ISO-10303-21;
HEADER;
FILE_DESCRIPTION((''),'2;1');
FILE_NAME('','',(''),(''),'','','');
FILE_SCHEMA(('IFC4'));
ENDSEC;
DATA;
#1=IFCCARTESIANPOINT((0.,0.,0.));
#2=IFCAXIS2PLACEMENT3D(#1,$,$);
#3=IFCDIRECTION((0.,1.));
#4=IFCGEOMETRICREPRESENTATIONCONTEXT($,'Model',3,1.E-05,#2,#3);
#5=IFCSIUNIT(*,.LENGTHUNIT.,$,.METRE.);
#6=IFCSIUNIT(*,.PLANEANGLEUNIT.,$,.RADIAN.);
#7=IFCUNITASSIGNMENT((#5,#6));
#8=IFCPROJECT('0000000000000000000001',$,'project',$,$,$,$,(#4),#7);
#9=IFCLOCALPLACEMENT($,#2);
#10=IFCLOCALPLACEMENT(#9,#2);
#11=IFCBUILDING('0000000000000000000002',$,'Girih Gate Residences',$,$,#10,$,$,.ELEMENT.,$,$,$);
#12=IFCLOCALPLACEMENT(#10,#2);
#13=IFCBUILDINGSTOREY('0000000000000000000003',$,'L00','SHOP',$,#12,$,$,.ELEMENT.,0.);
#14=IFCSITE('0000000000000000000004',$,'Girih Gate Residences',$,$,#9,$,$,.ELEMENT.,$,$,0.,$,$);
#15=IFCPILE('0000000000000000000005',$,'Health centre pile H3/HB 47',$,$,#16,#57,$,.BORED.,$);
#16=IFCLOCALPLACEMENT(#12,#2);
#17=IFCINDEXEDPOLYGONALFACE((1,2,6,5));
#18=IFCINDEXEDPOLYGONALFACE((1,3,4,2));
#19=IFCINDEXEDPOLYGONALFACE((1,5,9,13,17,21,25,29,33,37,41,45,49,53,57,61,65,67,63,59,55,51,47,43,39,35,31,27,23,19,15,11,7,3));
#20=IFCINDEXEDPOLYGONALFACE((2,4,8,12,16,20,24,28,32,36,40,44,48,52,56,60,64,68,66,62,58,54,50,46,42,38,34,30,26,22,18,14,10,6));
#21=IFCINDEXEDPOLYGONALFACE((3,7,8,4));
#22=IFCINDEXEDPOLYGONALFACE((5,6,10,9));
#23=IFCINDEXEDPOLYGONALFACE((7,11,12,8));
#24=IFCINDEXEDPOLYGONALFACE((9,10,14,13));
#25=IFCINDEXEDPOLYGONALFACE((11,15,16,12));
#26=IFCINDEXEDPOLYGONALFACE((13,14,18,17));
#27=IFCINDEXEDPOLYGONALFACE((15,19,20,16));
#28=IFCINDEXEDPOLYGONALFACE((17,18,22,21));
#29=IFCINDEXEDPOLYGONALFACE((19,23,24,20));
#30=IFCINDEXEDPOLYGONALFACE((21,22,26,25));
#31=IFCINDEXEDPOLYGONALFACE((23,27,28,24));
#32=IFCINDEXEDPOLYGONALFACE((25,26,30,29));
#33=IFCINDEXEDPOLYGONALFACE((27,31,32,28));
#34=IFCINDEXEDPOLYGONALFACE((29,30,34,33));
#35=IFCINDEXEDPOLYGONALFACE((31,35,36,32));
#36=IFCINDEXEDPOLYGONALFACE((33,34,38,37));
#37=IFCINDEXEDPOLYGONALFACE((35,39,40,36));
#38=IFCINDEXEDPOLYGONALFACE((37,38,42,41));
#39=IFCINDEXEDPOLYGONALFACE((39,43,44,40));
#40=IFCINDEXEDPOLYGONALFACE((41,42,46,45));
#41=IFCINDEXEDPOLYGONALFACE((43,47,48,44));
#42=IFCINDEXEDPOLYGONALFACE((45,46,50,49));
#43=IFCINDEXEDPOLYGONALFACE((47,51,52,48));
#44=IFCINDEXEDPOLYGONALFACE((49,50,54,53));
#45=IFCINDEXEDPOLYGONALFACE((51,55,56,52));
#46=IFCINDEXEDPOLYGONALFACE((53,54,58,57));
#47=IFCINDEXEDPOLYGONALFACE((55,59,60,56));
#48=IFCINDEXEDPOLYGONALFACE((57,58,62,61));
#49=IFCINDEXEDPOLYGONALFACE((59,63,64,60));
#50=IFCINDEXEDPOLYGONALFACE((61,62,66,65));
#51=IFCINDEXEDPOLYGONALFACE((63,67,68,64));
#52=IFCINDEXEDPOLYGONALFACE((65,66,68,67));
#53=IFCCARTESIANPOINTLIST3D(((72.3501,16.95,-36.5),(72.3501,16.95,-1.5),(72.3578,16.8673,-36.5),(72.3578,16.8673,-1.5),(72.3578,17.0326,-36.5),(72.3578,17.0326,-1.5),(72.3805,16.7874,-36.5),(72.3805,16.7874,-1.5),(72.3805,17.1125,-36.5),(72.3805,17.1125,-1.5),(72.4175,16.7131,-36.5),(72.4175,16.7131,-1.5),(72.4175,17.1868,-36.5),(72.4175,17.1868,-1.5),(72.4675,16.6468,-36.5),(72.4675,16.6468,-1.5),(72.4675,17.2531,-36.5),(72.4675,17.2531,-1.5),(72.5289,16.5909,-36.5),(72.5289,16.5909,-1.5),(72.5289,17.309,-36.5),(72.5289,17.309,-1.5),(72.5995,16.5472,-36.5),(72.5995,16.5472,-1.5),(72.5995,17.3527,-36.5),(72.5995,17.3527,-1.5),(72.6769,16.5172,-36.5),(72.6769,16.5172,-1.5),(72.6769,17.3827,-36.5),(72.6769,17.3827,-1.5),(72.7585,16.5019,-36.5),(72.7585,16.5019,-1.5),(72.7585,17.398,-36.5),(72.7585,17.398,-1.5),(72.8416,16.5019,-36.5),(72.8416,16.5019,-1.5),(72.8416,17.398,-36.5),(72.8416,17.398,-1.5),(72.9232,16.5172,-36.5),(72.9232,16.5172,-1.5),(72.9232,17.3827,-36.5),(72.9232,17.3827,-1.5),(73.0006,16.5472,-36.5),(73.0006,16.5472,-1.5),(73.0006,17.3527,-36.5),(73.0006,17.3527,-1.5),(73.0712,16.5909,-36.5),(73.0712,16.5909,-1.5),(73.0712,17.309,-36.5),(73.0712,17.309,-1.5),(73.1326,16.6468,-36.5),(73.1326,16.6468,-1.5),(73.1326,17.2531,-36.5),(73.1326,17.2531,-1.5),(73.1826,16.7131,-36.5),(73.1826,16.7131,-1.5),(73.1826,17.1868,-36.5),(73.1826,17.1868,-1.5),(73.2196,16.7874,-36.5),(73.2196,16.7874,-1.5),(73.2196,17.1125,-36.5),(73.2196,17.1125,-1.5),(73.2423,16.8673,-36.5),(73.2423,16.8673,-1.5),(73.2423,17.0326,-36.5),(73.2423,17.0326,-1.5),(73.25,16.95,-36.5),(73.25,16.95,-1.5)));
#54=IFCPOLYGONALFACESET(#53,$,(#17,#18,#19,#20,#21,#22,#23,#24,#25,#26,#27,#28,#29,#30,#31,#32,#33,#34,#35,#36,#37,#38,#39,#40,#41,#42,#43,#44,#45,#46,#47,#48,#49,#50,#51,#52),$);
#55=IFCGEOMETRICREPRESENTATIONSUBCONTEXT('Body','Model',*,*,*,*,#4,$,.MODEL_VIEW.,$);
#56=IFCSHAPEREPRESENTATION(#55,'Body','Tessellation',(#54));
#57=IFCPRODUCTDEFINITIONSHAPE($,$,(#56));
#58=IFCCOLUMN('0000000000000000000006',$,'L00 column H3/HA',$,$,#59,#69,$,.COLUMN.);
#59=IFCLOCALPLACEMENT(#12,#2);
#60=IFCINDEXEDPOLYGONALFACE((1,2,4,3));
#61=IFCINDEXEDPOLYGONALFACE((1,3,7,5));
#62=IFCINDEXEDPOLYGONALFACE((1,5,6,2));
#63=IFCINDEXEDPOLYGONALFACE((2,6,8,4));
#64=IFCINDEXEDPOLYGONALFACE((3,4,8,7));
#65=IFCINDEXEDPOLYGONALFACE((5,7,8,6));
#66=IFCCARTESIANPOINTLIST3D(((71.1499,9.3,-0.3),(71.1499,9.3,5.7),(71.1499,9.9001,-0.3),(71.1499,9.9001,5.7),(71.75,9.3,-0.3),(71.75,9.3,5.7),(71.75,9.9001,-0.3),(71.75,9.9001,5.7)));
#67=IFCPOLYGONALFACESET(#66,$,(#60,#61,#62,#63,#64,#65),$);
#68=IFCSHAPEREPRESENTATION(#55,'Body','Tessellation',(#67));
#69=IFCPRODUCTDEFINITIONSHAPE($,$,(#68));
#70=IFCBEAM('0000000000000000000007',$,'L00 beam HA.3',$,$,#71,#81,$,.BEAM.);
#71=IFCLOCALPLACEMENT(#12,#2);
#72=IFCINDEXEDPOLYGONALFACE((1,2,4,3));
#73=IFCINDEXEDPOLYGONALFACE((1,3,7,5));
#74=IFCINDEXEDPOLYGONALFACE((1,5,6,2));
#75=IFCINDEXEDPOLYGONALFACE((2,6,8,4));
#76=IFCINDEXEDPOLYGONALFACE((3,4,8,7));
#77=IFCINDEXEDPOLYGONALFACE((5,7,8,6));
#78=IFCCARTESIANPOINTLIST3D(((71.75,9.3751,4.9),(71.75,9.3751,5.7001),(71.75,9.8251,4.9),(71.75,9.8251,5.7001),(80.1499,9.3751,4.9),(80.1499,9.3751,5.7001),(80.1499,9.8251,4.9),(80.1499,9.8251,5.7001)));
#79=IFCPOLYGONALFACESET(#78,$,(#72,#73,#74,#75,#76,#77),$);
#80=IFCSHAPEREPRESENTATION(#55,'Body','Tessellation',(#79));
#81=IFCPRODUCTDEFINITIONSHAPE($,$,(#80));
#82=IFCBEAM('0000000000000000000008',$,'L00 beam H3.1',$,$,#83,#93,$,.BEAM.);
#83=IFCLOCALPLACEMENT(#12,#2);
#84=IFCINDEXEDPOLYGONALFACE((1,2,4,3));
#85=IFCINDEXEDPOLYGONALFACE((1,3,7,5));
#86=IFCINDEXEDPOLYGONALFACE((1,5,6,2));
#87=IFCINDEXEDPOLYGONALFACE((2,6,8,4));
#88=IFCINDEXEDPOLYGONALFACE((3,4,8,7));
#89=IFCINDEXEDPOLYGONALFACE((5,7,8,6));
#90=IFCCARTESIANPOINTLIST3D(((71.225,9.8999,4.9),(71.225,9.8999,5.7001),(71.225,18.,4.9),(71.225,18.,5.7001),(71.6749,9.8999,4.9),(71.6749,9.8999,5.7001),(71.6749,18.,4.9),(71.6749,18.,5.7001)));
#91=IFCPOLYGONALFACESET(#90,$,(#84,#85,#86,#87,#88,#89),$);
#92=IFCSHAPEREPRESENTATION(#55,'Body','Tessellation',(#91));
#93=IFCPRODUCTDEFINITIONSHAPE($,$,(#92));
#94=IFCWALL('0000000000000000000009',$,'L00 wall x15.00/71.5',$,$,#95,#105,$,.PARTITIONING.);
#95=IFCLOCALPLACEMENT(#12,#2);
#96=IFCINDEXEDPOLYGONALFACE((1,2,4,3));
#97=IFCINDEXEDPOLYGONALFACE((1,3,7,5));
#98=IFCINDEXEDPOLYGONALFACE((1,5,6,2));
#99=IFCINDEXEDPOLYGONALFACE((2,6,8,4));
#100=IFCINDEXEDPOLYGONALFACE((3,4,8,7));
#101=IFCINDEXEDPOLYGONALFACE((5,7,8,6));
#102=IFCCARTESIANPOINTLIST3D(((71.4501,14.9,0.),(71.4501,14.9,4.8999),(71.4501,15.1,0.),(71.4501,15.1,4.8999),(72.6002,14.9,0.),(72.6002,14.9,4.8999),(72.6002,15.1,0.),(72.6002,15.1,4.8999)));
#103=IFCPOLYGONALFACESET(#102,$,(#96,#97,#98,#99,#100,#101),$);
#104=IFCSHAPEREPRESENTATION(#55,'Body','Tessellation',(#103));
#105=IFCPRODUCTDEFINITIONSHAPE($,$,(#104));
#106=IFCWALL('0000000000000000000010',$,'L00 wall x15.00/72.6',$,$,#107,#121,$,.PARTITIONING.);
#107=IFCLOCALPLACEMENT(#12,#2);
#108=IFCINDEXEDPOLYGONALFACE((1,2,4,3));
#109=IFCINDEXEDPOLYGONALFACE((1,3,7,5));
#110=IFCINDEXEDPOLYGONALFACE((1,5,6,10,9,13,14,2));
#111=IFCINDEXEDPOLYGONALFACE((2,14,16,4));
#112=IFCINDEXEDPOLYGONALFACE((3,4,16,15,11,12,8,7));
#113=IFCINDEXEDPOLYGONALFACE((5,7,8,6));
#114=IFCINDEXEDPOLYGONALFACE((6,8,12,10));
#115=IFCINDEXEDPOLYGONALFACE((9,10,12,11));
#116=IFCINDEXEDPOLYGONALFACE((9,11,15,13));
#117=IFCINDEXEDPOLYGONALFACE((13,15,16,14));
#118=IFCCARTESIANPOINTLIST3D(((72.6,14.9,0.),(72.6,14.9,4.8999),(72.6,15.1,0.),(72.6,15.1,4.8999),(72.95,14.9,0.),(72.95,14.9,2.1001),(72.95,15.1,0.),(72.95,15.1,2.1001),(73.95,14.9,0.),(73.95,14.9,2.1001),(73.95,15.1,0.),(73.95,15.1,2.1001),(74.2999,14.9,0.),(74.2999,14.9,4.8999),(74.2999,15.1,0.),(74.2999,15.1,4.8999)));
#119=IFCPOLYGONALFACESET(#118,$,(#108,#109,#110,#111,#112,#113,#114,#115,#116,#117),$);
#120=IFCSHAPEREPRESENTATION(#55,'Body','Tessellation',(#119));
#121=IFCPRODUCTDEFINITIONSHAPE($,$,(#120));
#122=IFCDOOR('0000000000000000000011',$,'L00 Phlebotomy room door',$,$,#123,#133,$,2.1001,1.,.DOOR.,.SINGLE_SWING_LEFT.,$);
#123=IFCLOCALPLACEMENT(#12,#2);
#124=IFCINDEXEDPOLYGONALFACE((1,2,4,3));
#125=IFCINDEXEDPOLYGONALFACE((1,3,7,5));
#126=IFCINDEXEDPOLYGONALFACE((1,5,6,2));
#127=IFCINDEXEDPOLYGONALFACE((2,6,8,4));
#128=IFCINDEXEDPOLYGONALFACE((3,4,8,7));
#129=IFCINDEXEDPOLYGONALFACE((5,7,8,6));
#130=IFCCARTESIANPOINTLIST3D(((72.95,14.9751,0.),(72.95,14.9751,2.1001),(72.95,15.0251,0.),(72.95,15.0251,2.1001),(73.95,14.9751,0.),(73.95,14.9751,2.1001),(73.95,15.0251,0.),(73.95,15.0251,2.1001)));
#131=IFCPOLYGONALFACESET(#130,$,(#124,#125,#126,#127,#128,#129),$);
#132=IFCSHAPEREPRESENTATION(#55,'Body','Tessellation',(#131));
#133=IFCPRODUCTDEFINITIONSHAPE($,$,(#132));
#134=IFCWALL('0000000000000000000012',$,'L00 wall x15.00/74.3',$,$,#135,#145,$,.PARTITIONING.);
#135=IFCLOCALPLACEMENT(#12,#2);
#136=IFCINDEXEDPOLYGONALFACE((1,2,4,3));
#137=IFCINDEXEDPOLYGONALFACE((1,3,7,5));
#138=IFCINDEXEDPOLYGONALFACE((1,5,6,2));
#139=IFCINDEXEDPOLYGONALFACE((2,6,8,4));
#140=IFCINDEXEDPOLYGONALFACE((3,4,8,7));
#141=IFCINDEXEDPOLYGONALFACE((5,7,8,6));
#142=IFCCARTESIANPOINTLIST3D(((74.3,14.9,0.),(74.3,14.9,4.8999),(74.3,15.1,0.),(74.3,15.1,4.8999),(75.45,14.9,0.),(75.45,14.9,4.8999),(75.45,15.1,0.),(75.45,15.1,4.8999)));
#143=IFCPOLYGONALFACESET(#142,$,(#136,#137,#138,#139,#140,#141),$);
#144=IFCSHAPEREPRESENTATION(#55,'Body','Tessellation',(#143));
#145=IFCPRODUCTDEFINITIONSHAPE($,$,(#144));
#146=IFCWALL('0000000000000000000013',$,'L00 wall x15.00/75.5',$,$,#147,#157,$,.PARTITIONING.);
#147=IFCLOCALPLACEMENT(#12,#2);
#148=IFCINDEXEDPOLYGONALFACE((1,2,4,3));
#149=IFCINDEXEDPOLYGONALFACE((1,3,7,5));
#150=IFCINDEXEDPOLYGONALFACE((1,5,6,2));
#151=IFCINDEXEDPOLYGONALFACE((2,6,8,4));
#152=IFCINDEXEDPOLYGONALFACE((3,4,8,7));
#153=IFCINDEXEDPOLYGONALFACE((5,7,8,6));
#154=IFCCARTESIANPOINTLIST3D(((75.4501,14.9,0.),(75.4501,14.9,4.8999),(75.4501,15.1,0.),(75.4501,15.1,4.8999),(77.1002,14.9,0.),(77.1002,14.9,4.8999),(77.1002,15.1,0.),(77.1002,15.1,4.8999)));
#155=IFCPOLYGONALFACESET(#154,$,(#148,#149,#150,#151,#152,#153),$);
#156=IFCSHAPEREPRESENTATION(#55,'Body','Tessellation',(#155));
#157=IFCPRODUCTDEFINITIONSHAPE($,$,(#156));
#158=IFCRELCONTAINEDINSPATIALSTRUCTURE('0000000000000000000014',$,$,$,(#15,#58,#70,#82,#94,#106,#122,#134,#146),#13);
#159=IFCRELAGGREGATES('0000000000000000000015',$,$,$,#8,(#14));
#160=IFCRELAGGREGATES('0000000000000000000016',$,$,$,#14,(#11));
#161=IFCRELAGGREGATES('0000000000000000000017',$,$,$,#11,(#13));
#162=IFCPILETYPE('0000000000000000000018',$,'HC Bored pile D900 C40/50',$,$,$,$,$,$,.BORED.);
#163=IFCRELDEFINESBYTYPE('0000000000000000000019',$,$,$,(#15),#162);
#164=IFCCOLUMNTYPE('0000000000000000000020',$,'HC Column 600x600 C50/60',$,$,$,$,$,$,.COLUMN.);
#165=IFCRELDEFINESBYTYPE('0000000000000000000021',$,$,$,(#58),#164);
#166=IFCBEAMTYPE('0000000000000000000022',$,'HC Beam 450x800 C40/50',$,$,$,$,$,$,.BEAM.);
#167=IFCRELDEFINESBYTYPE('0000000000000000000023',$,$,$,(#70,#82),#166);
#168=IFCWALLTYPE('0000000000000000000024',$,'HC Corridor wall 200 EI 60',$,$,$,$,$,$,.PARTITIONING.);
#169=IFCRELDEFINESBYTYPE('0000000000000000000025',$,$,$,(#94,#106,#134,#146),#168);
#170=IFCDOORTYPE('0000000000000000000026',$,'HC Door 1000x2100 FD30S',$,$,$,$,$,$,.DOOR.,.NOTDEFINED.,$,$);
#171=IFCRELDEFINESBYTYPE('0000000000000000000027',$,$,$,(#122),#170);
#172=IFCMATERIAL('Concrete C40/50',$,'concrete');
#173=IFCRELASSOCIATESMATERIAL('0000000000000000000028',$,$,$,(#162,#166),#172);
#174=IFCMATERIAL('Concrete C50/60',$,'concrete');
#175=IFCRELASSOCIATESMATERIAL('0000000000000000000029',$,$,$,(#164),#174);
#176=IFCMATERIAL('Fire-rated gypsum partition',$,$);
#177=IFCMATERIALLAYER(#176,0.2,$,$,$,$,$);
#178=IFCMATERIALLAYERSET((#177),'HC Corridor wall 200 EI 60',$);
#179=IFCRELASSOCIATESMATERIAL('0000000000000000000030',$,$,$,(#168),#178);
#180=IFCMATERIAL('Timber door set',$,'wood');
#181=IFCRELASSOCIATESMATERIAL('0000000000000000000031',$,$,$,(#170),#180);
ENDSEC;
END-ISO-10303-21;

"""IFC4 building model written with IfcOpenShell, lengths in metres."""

from ifc_helpers import new_model, si_unit, direction, frame, frame_2d, origin, origin_2d, place, context, subcontext, project, spatial, rectangle, circle, extrude, material, layer, layer_set, material_profile, profile_set, type_object, element, fill, save


model = new_model("IFC4")

# Units and contexts
model_context = context("Model", 3, precision=1e-05, world=origin(), true_north=direction((0.0, 1.0)))
body_context = subcontext(model_context, "Body", "Model", "MODEL_VIEW")
ifc_project = project(units=[si_unit("LENGTHUNIT", "METRE"), si_unit("PLANEANGLEUNIT", "RADIAN")], contexts=[model_context])

# Site, building, storey
site_placement = place(None, origin())
site = spatial("IfcSite", under=ifc_project, at=site_placement, Name="Girih Gate Residences", CompositionType="ELEMENT", RefElevation=0.0)
building_placement = place(site_placement, origin())
building = spatial("IfcBuilding", under=site, at=building_placement, Name="Girih Gate Residences", CompositionType="ELEMENT")
storey_placement = place(building_placement, origin())
storey = spatial("IfcBuildingStorey", under=building, at=storey_placement, Name="L00", Description="SHOP", CompositionType="ELEMENT", Elevation=0.0)

# Pile
ifc_material_1 = material(Name="Concrete C40/50", Category="concrete")
ifc_material_profile_1 = material_profile(ifc_material_1, circle(Radius=0.45, at=origin_2d()))
ifc_profile_set_1 = profile_set([ifc_material_profile_1], Name="Concrete C40/50")
pile_type = type_object("IfcPileType", Name="HC Bored pile D900 C40/50", PredefinedType="BORED", material=ifc_profile_set_1)
for number, where, z_axis, x_axis, name in (
    (1, (72.8, 16.95, -1.5), (0.0, 0.0, -1.0), (1.0, 0.0, 0.0), "Health centre pile H3/HB 47"),
):
    element("IfcPile", number, at=place(storey_placement, frame(where, z_axis=z_axis, x_axis=x_axis)), inside=storey, type_object=pile_type, Name=name, PredefinedType="BORED", context=body_context, shape_type="SweptSolid", body=[
        extrude(circle(Radius=0.45, at=origin_2d()), origin(), (0.0, 0.0, 1.0), 35.0),
    ])

# Column
ifc_material_2 = material(Name="Concrete C50/60", Category="concrete")
ifc_material_profile_2 = material_profile(ifc_material_2, rectangle(XDim=0.6001, YDim=0.6001, at=origin_2d()))
ifc_profile_set_2 = profile_set([ifc_material_profile_2], Name="Concrete C50/60")
column_type = type_object("IfcColumnType", Name="HC Column 600x600 C50/60", PredefinedType="COLUMN", material=ifc_profile_set_2)
column_placement = place(storey_placement, frame((71.45, 9.6001, -0.3), z_axis=(0.0, 0.0, 1.0), x_axis=(1.0, 0.0, 0.0)))
element("IfcColumn", 2, at=column_placement, inside=storey, type_object=column_type, Name="L00 column H3/HA", PredefinedType="COLUMN", context=body_context, shape_type="SweptSolid", body=[
    extrude(rectangle(XDim=0.6001, YDim=0.6001, at=origin_2d()), origin(), (0.0, 0.0, 1.0), 6.0),
])

# Beams
ifc_material_profile_3 = material_profile(ifc_material_1, rectangle(XDim=0.45, YDim=0.8, at=origin_2d()))
ifc_profile_set_3 = profile_set([ifc_material_profile_3], Name="Concrete C40/50")
beam_type = type_object("IfcBeamType", Name="HC Beam 450x800 C40/50", PredefinedType="BEAM", material=ifc_profile_set_3)
beam_1_placement = place(storey_placement, frame((71.75, 9.6001, 5.3), z_axis=(1.0, 0.0, 0.0), x_axis=(0.0, 1.0, 0.0)))
element("IfcBeam", 3, at=beam_1_placement, inside=storey, type_object=beam_type, Name="L00 beam HA.3", PredefinedType="BEAM", context=body_context, shape_type="SweptSolid", body=[
    extrude(rectangle(XDim=0.45, YDim=0.8, at=origin_2d()), origin(), (0.0, 0.0, 1.0), 8.3999),
])
beam_2_placement = place(storey_placement, frame((71.45, 9.8999, 5.3), z_axis=(0.0, 1.0, 0.0), x_axis=(-1.0, 0.0, 0.0)))
element("IfcBeam", 4, at=beam_2_placement, inside=storey, type_object=beam_type, Name="L00 beam H3.1", PredefinedType="BEAM", context=body_context, shape_type="SweptSolid", body=[
    extrude(rectangle(XDim=0.45, YDim=0.8, at=origin_2d()), origin(), (0.0, 0.0, 1.0), 8.1001),
])

# Wall
ifc_material_3 = material(Name="Fire-rated gypsum partition")
ifc_layer_1 = layer(ifc_material_3, 0.2)
ifc_layer_set_1 = layer_set([ifc_layer_1], Name="HC Corridor wall 200 EI 60")
wall_type_1 = type_object("IfcWallType", Name="HC Corridor wall 200 EI 60", PredefinedType="PARTITIONING", material=ifc_layer_set_1)
wall_1_placement = place(storey_placement, frame((71.45, 15.0, 0.0), z_axis=(0.0, 0.0, 1.0), x_axis=(1.0, 0.0, 0.0)))
element("IfcWall", 5, at=wall_1_placement, inside=storey, type_object=wall_type_1, Name="L00 wall x15.00/71.5", PredefinedType="PARTITIONING", context=body_context, shape_type="SweptSolid", body=[
    extrude(rectangle(XDim=1.1501, YDim=0.2, at=frame_2d((0.5752, 0.0))), origin(), (0.0, 0.0, 1.0), 4.8999),
])

# Wall, opening, door
wall_2_placement = place(storey_placement, frame((74.3, 15.0, 0.0), z_axis=(0.0, 0.0, 1.0), x_axis=(-1.0, 0.0, 0.0)))
wall_2 = element("IfcWall", 6, at=wall_2_placement, inside=storey, type_object=wall_type_1, Name="L00 wall x15.00/72.6", PredefinedType="PARTITIONING", context=body_context, shape_type="SweptSolid", body=[
    extrude(rectangle(XDim=1.7, YDim=0.2, at=frame_2d((0.8501, 0.0))), origin(), (0.0, 0.0, 1.0), 4.8999),
])
opening_1_placement = place(wall_2_placement, frame((0.3501, 0.0, 0.0)))
opening_1 = element("IfcOpeningElement", 7, at=opening_1_placement, cuts=wall_2, PredefinedType="OPENING", context=body_context, shape_type="SweptSolid", body=[
    extrude(rectangle(XDim=1.0, YDim=2.1001, at=frame_2d((0.5, 1.05))), frame((0.0, 0.1099, 0.0), z_axis=(0.0, -1.0, 0.0), x_axis=(1.0, 0.0, 0.0)), (0.0, 0.0, 1.0), 0.22),
])
ifc_material_4 = material(Name="Timber door set", Category="wood")
door_type_1 = type_object("IfcDoorType", Name="HC Door 1000x2100 FD30S", OperationType="NOTDEFINED", PredefinedType="DOOR", material=ifc_material_4)
door_1_placement = place(opening_1_placement, origin())
door_1 = element("IfcDoor", 8, at=door_1_placement, inside=storey, type_object=door_type_1, Name="L00 Phlebotomy room door", OperationType="SINGLE_SWING_LEFT", OverallHeight=2.1001, OverallWidth=1.0, PredefinedType="DOOR", context=body_context, shape_type="SweptSolid", body=[
    extrude(rectangle(XDim=1.0, YDim=2.1001, at=frame_2d((0.5, 1.05))), frame((0.0, 0.0249, 0.0), z_axis=(0.0, -1.0, 0.0), x_axis=(1.0, 0.0, 0.0)), (0.0, 0.0, 1.0), 0.05),
])
fill(opening_1, door_1)

# Walls
wall_3_placement = place(storey_placement, frame((74.3, 15.0, 0.0), z_axis=(0.0, 0.0, 1.0), x_axis=(1.0, 0.0, 0.0)))
element("IfcWall", 9, at=wall_3_placement, inside=storey, type_object=wall_type_1, Name="L00 wall x15.00/74.3", PredefinedType="PARTITIONING", context=body_context, shape_type="SweptSolid", body=[
    extrude(rectangle(XDim=1.1499, YDim=0.2, at=frame_2d((0.575, 0.0))), origin(), (0.0, 0.0, 1.0), 4.8999),
])
wall_4_placement = place(storey_placement, frame((75.45, 15.0, 0.0), z_axis=(0.0, 0.0, 1.0), x_axis=(1.0, 0.0, 0.0)))
element("IfcWall", 10, at=wall_4_placement, inside=storey, type_object=wall_type_1, Name="L00 wall x15.00/75.5", PredefinedType="PARTITIONING", context=body_context, shape_type="SweptSolid", body=[
    extrude(rectangle(XDim=1.6501, YDim=0.2, at=frame_2d((0.8252, 0.0))), origin(), (0.0, 0.0, 1.0), 4.8999),
])

save(model, "model.ifc")
